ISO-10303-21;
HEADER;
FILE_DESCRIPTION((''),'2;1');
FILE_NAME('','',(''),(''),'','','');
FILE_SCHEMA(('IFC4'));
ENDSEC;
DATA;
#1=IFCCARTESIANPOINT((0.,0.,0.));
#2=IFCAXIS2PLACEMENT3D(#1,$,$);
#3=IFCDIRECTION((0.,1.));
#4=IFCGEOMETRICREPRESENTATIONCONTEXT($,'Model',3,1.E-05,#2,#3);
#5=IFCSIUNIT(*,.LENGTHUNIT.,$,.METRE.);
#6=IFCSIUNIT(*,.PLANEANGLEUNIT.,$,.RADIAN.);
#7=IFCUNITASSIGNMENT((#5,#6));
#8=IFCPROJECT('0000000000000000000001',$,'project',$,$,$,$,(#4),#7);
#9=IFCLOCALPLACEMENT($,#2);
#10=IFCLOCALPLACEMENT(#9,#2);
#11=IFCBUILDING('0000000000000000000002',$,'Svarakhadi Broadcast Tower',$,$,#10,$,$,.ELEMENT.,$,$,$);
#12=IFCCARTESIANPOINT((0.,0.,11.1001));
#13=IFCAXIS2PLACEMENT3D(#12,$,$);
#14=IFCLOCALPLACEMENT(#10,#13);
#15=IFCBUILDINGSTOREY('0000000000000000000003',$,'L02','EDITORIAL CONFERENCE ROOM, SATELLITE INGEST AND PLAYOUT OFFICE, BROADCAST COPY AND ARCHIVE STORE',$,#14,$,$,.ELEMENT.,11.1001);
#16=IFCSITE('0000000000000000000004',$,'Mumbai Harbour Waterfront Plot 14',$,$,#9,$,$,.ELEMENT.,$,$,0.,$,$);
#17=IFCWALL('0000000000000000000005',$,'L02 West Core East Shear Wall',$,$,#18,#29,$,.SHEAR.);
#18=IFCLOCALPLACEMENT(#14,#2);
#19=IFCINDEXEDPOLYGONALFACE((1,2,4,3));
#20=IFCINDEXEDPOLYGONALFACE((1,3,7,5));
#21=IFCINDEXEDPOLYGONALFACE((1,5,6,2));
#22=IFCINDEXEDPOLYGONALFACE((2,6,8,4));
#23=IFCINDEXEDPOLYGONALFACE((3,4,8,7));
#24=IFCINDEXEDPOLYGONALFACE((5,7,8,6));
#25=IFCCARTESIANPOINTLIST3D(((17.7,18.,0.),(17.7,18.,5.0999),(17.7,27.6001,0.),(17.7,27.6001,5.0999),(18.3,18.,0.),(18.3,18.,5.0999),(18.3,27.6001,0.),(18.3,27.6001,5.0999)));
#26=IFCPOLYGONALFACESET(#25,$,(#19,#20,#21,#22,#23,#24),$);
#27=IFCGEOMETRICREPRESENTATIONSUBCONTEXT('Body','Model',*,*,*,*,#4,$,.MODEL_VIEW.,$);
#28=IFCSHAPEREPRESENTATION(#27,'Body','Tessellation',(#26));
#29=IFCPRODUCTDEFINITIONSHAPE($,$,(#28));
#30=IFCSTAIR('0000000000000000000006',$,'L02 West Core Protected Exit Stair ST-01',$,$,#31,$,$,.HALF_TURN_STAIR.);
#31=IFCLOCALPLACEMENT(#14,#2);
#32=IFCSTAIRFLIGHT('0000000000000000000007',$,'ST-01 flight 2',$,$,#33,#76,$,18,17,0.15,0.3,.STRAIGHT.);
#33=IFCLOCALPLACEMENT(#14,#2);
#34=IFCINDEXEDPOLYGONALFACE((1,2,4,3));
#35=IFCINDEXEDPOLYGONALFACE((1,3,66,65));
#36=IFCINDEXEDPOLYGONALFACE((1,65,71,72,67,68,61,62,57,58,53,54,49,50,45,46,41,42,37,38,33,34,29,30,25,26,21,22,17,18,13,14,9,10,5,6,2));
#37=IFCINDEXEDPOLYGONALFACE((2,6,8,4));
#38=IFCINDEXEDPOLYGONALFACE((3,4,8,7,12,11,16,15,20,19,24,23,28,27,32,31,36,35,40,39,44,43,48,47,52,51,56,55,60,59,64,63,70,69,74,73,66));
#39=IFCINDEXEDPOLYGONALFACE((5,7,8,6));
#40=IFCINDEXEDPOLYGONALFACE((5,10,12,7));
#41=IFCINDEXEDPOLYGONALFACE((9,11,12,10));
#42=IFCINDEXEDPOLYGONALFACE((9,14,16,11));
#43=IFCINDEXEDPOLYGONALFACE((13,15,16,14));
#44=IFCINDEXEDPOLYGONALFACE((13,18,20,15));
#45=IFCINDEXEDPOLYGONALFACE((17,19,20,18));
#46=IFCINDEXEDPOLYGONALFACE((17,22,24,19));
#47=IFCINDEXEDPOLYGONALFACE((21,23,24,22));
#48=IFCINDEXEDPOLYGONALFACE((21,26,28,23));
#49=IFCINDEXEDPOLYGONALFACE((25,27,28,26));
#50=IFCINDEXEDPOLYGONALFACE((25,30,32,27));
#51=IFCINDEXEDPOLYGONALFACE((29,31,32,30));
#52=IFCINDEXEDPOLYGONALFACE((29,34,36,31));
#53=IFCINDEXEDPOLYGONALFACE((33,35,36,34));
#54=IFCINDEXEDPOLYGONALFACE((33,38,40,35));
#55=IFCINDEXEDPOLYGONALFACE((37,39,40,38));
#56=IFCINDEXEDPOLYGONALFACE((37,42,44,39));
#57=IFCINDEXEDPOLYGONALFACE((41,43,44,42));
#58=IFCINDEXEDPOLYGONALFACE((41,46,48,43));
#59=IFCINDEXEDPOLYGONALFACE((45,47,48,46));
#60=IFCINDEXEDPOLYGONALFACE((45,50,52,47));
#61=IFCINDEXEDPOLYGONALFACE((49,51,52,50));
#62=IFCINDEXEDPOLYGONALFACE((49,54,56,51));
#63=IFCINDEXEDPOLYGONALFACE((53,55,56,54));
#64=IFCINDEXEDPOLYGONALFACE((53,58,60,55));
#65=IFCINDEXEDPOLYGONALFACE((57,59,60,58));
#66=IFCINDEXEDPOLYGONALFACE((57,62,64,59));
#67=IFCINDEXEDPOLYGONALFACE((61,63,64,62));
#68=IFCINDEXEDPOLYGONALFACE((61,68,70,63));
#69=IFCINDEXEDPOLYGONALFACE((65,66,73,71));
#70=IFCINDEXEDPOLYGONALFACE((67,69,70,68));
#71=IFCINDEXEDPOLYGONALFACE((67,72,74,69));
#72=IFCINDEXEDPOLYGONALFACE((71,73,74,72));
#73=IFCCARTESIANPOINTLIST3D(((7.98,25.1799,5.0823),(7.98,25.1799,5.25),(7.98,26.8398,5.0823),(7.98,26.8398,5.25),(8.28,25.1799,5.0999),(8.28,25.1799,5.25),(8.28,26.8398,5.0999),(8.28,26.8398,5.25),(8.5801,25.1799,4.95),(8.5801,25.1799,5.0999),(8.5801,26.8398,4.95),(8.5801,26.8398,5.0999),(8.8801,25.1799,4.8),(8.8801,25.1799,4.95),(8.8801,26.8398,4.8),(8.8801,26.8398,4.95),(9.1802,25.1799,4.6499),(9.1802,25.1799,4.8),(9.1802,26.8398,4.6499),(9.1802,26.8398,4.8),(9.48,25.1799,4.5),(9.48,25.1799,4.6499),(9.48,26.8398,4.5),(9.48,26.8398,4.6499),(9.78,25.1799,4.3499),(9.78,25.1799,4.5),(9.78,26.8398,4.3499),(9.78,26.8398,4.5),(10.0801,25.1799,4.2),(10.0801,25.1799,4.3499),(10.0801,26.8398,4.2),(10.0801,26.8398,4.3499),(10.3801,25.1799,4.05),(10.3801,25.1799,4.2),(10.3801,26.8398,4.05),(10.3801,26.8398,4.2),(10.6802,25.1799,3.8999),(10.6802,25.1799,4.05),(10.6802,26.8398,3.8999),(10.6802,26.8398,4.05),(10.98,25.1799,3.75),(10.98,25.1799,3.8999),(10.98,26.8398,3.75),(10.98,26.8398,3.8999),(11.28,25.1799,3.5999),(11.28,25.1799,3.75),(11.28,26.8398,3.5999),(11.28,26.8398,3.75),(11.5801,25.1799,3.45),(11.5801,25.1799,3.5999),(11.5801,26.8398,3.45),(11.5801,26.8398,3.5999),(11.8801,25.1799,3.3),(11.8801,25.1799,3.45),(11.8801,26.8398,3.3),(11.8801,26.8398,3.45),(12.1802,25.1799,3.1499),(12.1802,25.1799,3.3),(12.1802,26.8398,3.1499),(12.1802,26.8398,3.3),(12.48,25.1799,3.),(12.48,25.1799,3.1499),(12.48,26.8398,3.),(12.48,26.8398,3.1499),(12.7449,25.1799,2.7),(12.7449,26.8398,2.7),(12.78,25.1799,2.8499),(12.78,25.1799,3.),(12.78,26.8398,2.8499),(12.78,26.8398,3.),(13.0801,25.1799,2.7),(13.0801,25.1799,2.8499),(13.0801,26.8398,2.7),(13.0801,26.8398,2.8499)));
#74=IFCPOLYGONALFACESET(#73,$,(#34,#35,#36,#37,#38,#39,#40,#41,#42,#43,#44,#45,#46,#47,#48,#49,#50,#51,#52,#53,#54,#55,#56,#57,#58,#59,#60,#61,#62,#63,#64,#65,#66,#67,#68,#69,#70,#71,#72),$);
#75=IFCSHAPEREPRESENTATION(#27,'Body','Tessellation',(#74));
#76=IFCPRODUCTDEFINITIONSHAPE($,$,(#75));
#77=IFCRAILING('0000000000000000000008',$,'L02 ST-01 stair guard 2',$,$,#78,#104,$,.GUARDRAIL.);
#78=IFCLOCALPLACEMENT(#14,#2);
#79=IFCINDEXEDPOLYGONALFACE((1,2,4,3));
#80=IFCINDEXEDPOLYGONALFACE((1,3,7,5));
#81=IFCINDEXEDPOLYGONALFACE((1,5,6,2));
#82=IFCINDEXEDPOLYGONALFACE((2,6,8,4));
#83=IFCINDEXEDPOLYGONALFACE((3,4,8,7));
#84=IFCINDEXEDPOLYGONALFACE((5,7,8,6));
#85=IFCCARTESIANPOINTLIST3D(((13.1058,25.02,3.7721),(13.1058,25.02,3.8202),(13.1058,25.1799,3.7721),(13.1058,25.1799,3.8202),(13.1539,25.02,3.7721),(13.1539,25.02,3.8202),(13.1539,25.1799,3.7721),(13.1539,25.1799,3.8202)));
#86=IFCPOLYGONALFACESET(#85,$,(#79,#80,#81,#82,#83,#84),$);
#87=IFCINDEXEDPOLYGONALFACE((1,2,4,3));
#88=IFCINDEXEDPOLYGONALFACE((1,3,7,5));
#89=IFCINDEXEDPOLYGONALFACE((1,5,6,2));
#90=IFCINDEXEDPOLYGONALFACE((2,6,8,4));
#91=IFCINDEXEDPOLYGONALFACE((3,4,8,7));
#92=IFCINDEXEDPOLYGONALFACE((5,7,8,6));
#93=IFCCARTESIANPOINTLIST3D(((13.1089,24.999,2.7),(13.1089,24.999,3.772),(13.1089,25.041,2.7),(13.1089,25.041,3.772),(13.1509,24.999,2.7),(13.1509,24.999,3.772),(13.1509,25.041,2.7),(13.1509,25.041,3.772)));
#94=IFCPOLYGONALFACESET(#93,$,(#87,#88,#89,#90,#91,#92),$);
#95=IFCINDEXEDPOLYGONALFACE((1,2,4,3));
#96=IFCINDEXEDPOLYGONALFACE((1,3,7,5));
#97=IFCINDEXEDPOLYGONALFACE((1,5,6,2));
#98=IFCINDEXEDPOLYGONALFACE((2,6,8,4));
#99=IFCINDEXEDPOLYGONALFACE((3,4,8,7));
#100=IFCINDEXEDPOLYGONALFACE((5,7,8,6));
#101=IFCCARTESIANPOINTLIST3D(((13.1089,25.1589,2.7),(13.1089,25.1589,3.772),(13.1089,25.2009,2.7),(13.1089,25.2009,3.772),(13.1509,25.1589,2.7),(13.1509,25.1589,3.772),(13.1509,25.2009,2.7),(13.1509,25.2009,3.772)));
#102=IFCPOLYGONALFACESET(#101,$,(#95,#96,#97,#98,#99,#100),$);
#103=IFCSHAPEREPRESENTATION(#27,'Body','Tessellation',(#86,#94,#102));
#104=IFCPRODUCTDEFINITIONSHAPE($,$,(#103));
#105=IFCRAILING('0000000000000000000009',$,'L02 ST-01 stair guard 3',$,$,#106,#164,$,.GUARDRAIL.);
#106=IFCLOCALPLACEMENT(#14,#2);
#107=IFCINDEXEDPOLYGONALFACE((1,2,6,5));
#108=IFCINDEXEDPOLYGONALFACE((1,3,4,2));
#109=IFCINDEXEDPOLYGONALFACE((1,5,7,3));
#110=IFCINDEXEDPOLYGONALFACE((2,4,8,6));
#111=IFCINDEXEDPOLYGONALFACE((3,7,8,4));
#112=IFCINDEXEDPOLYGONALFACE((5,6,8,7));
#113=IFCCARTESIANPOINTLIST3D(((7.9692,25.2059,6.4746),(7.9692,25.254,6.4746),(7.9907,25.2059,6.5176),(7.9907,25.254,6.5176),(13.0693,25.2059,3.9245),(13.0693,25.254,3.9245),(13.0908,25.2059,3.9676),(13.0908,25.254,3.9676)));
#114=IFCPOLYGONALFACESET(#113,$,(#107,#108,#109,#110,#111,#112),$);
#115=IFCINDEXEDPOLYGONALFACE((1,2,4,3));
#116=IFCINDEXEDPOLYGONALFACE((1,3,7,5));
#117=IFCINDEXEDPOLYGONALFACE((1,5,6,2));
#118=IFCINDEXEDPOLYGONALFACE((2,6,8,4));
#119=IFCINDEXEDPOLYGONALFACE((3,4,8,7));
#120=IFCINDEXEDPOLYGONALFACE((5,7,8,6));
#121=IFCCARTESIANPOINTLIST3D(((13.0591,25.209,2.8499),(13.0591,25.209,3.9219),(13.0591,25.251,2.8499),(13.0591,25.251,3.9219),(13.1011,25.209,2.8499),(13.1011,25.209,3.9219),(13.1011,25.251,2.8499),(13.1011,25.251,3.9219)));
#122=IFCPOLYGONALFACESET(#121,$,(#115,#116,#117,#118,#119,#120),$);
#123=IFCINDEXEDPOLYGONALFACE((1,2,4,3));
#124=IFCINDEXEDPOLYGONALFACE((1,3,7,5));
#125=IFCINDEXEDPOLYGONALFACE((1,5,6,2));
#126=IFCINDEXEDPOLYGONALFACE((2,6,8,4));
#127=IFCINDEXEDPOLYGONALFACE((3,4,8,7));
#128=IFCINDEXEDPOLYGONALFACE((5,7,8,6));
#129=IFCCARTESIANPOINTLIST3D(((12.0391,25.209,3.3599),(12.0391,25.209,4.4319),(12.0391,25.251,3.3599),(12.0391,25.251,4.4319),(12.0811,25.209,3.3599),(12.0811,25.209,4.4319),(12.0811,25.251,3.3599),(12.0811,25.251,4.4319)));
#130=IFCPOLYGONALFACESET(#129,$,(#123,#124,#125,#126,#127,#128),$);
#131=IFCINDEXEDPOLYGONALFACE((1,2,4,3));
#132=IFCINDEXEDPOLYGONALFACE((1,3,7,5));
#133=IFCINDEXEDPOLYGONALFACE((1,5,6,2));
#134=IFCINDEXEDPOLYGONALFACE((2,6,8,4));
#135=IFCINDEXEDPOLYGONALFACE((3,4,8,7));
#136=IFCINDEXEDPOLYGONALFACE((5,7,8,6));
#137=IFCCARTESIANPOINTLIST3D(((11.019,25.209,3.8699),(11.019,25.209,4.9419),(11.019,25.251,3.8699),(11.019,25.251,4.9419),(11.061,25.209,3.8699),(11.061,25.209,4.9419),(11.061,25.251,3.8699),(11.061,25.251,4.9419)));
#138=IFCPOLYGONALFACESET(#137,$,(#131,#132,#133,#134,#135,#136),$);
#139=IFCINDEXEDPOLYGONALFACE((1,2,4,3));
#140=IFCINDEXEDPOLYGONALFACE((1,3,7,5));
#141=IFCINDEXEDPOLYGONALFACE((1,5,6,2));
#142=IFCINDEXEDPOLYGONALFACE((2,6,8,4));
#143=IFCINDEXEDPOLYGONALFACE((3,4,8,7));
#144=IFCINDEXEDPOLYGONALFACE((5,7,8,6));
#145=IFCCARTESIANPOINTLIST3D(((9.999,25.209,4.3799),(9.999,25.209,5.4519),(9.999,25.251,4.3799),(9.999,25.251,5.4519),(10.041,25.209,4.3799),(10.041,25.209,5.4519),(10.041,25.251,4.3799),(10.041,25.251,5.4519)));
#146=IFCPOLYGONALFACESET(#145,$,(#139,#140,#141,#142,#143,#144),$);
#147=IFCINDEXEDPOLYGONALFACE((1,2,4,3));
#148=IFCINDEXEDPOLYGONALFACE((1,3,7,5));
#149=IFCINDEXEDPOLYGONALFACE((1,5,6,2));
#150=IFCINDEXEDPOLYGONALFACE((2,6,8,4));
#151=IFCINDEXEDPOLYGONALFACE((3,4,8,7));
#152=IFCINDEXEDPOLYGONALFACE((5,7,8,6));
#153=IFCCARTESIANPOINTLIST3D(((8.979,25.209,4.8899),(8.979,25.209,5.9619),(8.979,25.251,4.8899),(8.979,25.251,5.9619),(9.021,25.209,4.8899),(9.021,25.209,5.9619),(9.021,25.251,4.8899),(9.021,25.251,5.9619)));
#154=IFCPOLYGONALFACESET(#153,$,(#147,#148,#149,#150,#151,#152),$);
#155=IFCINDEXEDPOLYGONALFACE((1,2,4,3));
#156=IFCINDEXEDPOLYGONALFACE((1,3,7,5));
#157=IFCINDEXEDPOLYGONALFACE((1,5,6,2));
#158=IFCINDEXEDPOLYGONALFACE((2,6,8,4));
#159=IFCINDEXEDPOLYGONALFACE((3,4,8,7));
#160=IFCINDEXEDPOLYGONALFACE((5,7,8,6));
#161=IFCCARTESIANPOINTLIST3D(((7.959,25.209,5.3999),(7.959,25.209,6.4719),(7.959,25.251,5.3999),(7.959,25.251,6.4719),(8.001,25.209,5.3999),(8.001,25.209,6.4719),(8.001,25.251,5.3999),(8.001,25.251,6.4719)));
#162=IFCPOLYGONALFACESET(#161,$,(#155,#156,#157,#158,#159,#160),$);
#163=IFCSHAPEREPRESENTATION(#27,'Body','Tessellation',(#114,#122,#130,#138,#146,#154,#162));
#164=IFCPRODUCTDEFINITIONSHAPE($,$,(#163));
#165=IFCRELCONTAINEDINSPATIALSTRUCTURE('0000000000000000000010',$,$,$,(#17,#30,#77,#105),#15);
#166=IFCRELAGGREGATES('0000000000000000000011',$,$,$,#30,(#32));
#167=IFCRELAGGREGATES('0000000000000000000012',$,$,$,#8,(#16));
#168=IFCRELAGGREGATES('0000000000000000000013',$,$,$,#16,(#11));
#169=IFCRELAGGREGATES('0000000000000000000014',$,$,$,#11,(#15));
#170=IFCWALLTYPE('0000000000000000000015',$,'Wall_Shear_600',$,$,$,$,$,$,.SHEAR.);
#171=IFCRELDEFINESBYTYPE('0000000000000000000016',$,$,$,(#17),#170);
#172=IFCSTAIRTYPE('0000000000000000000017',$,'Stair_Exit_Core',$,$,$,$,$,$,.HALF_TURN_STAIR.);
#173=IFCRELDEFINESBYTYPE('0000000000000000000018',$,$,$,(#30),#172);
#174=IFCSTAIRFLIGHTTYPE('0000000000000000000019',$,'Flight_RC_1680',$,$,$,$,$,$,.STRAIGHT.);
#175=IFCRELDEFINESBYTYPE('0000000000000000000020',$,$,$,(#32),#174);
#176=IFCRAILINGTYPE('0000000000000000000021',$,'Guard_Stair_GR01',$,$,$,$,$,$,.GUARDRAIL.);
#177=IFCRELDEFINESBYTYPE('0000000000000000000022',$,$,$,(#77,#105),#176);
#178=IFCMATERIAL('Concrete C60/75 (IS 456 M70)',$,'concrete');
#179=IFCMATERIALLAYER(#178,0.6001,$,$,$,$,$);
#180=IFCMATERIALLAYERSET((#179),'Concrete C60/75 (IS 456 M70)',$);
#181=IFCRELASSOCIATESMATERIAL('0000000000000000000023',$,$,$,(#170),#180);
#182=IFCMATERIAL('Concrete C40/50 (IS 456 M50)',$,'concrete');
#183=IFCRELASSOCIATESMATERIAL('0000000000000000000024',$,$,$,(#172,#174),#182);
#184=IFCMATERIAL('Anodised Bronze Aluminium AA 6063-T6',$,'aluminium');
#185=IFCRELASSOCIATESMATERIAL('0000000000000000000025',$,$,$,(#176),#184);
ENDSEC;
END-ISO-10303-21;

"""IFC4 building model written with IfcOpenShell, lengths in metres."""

from ifc_helpers import new_model, si_unit, direction, frame, frame_2d, origin, origin_2d, place, context, subcontext, project, spatial, polyline, rectangle, outline, extrude, material, layer, layer_set, type_object, element, aggregate, save


model = new_model("IFC4")

# Units and contexts
model_context = context("Model", 3, precision=1e-05, world=origin(), true_north=direction((0.0, 1.0)))
body_context = subcontext(model_context, "Body", "Model", "MODEL_VIEW")
ifc_project = project(units=[si_unit("LENGTHUNIT", "METRE"), si_unit("PLANEANGLEUNIT", "RADIAN")], contexts=[model_context])

# Site, building, storey
site_placement = place(None, origin())
site = spatial("IfcSite", under=ifc_project, at=site_placement, Name="Mumbai Harbour Waterfront Plot 14", CompositionType="ELEMENT", RefElevation=0.0)
building_placement = place(site_placement, origin())
building = spatial("IfcBuilding", under=site, at=building_placement, Name="Svarakhadi Broadcast Tower", CompositionType="ELEMENT")
storey_placement = place(building_placement, frame((0.0, 0.0, 11.1001)))
storey = spatial("IfcBuildingStorey", under=building, at=storey_placement, Name="L02", Description="EDITORIAL CONFERENCE ROOM, SATELLITE INGEST AND PLAYOUT OFFICE, BROADCAST COPY AND ARCHIVE STORE", CompositionType="ELEMENT", Elevation=11.1001)

# Shared definitions
ifc_material_1 = material(Name="Concrete C60/75 (IS 456 M70)", Category="concrete")

# Shared definitions
ifc_material_2 = material(Name="Anodised Bronze Aluminium AA 6063-T6", Category="aluminium")

# Wall
ifc_layer_1 = layer(ifc_material_1, 0.6001)
ifc_layer_set_1 = layer_set([ifc_layer_1], Name="Concrete C60/75 (IS 456 M70)")
wall_type_1 = type_object("IfcWallType", Name="Wall_Shear_600", PredefinedType="SHEAR", material=ifc_layer_set_1)
wall_1_placement = place(storey_placement, frame((18.0, 18.0, 0.0), z_axis=(0.0, 0.0, 1.0), x_axis=(0.0, 1.0, 0.0)))
element("IfcWall", 1, at=wall_1_placement, inside=storey, type_object=wall_type_1, Name="L02 West Core East Shear Wall", PredefinedType="SHEAR", context=body_context, shape_type="SweptSolid", body=[
    extrude(rectangle(XDim=9.6001, YDim=0.6001, at=frame_2d((4.8, 0.0))), origin(), (0.0, 0.0, 1.0), 5.0999),
])

# Stair, stair flight
ifc_material_3 = material(Name="Concrete C40/50 (IS 456 M50)", Category="concrete")
stair_type = type_object("IfcStairType", Name="Stair_Exit_Core", PredefinedType="HALF_TURN_STAIR", material=ifc_material_3)
stair_placement = place(storey_placement, origin())
stair = element("IfcStair", 2, at=stair_placement, inside=storey, type_object=stair_type, Name="L02 West Core Protected Exit Stair ST-01", PredefinedType="HALF_TURN_STAIR")
stair_flight_type = type_object("IfcStairFlightType", Name="Flight_RC_1680", PredefinedType="STRAIGHT", material=ifc_material_3)
stair_flight_placement = place(storey_placement, frame((13.0801, 26.01, 2.7), z_axis=(0.0, 0.0, 1.0), x_axis=(-1.0, 0.0, 0.0)))
stair_flight = element("IfcStairFlight", 3, at=stair_flight_placement, type_object=stair_flight_type, Name="ST-01 flight 2", NumberOfRisers=18, NumberOfTreads=17, PredefinedType="STRAIGHT", RiserHeight=0.15, TreadLength=0.3, context=body_context, shape_type="SweptSolid", body=[
    extrude(outline(polyline([(0.0, 0.0), (0.0, 0.1499), (0.3, 0.1499), (0.3, 0.3), (0.6001, 0.3), (0.6001, 0.45), (0.8999, 0.45), (0.8999, 0.6001), (1.2, 0.6001), (1.2, 0.75), (1.5, 0.75), (1.5, 0.8999), (1.8, 0.8999), (1.8, 1.05), (2.1001, 1.05), (2.1001, 1.2), (2.3999, 1.2), (2.3999, 1.3501), (2.7, 1.3501), (2.7, 1.5), (3.0, 1.5), (3.0, 1.6499), (3.3, 1.6499), (3.3, 1.8), (3.6001, 1.8), (3.6001, 1.95), (3.8999, 1.95), (3.8999, 2.1001), (4.2, 2.1001), (4.2, 2.25), (4.5, 2.25), (4.5, 2.3999), (4.8, 2.3999), (4.8, 2.55), (5.1001, 2.55), (5.1001, 2.7), (5.1001, 2.3823), (0.3352, 0.0), (0.0, 0.0)])), frame((0.0, 0.8301, 0.0), z_axis=(0.0, -1.0, 0.0), x_axis=(1.0, 0.0, 0.0)), (0.0, 0.0, 1.0), 1.6599),
])
aggregate(stair, [stair_flight])

# Railings
railing_type_1 = type_object("IfcRailingType", Name="Guard_Stair_GR01", PredefinedType="GUARDRAIL", material=ifc_material_2)
railing_1_placement = place(storey_placement, frame((13.1299, 25.02, 2.7)))
element("IfcRailing", 4, at=railing_1_placement, inside=storey, type_object=railing_type_1, Name="L02 ST-01 stair guard 2", PredefinedType="GUARDRAIL", context=body_context, shape_type="SweptSolid", body=[
    extrude(rectangle(XDim=0.0481, YDim=0.0481, at=origin_2d()), frame((0.0, 0.0, 1.0962), z_axis=(0.0, 1.0, 0.0), x_axis=(-1.0, 0.0, 0.0)), (0.0, 0.0, 1.0), 0.1599),
    extrude(rectangle(XDim=0.042, YDim=0.042, at=origin_2d()), origin(), (0.0, 0.0, 1.0), 1.072),
    extrude(rectangle(XDim=0.042, YDim=0.042, at=origin_2d()), frame((0.0, 0.1599, 0.0)), (0.0, 0.0, 1.0), 1.072),
])
railing_2_placement = place(storey_placement, frame((13.0801, 25.23, 2.8499)))
element("IfcRailing", 5, at=railing_2_placement, inside=storey, type_object=railing_type_1, Name="L02 ST-01 stair guard 3", PredefinedType="GUARDRAIL", context=body_context, shape_type="SweptSolid", body=[
    extrude(rectangle(XDim=0.0481, YDim=0.0481, at=origin_2d()), frame((0.0, 0.0, 1.0962), z_axis=(-0.894427, 0.0, 0.447214), x_axis=(0.0, -1.0, 0.0)), (0.0, 0.0, 1.0), 5.7021),
    extrude(rectangle(XDim=0.042, YDim=0.042, at=origin_2d()), origin(), (0.0, 0.0, 1.0), 1.072),
    extrude(rectangle(XDim=0.042, YDim=0.042, at=origin_2d()), frame((-1.02, 0.0, 0.51)), (0.0, 0.0, 1.0), 1.072),
    extrude(rectangle(XDim=0.042, YDim=0.042, at=origin_2d()), frame((-2.04, 0.0, 1.02)), (0.0, 0.0, 1.0), 1.072),
    extrude(rectangle(XDim=0.042, YDim=0.042, at=origin_2d()), frame((-3.0601, 0.0, 1.53)), (0.0, 0.0, 1.0), 1.072),
    extrude(rectangle(XDim=0.042, YDim=0.042, at=origin_2d()), frame((-4.0801, 0.0, 2.04)), (0.0, 0.0, 1.0), 1.072),
    extrude(rectangle(XDim=0.042, YDim=0.042, at=origin_2d()), frame((-5.1001, 0.0, 2.55)), (0.0, 0.0, 1.0), 1.072),
])

save(model, "model.ifc")
